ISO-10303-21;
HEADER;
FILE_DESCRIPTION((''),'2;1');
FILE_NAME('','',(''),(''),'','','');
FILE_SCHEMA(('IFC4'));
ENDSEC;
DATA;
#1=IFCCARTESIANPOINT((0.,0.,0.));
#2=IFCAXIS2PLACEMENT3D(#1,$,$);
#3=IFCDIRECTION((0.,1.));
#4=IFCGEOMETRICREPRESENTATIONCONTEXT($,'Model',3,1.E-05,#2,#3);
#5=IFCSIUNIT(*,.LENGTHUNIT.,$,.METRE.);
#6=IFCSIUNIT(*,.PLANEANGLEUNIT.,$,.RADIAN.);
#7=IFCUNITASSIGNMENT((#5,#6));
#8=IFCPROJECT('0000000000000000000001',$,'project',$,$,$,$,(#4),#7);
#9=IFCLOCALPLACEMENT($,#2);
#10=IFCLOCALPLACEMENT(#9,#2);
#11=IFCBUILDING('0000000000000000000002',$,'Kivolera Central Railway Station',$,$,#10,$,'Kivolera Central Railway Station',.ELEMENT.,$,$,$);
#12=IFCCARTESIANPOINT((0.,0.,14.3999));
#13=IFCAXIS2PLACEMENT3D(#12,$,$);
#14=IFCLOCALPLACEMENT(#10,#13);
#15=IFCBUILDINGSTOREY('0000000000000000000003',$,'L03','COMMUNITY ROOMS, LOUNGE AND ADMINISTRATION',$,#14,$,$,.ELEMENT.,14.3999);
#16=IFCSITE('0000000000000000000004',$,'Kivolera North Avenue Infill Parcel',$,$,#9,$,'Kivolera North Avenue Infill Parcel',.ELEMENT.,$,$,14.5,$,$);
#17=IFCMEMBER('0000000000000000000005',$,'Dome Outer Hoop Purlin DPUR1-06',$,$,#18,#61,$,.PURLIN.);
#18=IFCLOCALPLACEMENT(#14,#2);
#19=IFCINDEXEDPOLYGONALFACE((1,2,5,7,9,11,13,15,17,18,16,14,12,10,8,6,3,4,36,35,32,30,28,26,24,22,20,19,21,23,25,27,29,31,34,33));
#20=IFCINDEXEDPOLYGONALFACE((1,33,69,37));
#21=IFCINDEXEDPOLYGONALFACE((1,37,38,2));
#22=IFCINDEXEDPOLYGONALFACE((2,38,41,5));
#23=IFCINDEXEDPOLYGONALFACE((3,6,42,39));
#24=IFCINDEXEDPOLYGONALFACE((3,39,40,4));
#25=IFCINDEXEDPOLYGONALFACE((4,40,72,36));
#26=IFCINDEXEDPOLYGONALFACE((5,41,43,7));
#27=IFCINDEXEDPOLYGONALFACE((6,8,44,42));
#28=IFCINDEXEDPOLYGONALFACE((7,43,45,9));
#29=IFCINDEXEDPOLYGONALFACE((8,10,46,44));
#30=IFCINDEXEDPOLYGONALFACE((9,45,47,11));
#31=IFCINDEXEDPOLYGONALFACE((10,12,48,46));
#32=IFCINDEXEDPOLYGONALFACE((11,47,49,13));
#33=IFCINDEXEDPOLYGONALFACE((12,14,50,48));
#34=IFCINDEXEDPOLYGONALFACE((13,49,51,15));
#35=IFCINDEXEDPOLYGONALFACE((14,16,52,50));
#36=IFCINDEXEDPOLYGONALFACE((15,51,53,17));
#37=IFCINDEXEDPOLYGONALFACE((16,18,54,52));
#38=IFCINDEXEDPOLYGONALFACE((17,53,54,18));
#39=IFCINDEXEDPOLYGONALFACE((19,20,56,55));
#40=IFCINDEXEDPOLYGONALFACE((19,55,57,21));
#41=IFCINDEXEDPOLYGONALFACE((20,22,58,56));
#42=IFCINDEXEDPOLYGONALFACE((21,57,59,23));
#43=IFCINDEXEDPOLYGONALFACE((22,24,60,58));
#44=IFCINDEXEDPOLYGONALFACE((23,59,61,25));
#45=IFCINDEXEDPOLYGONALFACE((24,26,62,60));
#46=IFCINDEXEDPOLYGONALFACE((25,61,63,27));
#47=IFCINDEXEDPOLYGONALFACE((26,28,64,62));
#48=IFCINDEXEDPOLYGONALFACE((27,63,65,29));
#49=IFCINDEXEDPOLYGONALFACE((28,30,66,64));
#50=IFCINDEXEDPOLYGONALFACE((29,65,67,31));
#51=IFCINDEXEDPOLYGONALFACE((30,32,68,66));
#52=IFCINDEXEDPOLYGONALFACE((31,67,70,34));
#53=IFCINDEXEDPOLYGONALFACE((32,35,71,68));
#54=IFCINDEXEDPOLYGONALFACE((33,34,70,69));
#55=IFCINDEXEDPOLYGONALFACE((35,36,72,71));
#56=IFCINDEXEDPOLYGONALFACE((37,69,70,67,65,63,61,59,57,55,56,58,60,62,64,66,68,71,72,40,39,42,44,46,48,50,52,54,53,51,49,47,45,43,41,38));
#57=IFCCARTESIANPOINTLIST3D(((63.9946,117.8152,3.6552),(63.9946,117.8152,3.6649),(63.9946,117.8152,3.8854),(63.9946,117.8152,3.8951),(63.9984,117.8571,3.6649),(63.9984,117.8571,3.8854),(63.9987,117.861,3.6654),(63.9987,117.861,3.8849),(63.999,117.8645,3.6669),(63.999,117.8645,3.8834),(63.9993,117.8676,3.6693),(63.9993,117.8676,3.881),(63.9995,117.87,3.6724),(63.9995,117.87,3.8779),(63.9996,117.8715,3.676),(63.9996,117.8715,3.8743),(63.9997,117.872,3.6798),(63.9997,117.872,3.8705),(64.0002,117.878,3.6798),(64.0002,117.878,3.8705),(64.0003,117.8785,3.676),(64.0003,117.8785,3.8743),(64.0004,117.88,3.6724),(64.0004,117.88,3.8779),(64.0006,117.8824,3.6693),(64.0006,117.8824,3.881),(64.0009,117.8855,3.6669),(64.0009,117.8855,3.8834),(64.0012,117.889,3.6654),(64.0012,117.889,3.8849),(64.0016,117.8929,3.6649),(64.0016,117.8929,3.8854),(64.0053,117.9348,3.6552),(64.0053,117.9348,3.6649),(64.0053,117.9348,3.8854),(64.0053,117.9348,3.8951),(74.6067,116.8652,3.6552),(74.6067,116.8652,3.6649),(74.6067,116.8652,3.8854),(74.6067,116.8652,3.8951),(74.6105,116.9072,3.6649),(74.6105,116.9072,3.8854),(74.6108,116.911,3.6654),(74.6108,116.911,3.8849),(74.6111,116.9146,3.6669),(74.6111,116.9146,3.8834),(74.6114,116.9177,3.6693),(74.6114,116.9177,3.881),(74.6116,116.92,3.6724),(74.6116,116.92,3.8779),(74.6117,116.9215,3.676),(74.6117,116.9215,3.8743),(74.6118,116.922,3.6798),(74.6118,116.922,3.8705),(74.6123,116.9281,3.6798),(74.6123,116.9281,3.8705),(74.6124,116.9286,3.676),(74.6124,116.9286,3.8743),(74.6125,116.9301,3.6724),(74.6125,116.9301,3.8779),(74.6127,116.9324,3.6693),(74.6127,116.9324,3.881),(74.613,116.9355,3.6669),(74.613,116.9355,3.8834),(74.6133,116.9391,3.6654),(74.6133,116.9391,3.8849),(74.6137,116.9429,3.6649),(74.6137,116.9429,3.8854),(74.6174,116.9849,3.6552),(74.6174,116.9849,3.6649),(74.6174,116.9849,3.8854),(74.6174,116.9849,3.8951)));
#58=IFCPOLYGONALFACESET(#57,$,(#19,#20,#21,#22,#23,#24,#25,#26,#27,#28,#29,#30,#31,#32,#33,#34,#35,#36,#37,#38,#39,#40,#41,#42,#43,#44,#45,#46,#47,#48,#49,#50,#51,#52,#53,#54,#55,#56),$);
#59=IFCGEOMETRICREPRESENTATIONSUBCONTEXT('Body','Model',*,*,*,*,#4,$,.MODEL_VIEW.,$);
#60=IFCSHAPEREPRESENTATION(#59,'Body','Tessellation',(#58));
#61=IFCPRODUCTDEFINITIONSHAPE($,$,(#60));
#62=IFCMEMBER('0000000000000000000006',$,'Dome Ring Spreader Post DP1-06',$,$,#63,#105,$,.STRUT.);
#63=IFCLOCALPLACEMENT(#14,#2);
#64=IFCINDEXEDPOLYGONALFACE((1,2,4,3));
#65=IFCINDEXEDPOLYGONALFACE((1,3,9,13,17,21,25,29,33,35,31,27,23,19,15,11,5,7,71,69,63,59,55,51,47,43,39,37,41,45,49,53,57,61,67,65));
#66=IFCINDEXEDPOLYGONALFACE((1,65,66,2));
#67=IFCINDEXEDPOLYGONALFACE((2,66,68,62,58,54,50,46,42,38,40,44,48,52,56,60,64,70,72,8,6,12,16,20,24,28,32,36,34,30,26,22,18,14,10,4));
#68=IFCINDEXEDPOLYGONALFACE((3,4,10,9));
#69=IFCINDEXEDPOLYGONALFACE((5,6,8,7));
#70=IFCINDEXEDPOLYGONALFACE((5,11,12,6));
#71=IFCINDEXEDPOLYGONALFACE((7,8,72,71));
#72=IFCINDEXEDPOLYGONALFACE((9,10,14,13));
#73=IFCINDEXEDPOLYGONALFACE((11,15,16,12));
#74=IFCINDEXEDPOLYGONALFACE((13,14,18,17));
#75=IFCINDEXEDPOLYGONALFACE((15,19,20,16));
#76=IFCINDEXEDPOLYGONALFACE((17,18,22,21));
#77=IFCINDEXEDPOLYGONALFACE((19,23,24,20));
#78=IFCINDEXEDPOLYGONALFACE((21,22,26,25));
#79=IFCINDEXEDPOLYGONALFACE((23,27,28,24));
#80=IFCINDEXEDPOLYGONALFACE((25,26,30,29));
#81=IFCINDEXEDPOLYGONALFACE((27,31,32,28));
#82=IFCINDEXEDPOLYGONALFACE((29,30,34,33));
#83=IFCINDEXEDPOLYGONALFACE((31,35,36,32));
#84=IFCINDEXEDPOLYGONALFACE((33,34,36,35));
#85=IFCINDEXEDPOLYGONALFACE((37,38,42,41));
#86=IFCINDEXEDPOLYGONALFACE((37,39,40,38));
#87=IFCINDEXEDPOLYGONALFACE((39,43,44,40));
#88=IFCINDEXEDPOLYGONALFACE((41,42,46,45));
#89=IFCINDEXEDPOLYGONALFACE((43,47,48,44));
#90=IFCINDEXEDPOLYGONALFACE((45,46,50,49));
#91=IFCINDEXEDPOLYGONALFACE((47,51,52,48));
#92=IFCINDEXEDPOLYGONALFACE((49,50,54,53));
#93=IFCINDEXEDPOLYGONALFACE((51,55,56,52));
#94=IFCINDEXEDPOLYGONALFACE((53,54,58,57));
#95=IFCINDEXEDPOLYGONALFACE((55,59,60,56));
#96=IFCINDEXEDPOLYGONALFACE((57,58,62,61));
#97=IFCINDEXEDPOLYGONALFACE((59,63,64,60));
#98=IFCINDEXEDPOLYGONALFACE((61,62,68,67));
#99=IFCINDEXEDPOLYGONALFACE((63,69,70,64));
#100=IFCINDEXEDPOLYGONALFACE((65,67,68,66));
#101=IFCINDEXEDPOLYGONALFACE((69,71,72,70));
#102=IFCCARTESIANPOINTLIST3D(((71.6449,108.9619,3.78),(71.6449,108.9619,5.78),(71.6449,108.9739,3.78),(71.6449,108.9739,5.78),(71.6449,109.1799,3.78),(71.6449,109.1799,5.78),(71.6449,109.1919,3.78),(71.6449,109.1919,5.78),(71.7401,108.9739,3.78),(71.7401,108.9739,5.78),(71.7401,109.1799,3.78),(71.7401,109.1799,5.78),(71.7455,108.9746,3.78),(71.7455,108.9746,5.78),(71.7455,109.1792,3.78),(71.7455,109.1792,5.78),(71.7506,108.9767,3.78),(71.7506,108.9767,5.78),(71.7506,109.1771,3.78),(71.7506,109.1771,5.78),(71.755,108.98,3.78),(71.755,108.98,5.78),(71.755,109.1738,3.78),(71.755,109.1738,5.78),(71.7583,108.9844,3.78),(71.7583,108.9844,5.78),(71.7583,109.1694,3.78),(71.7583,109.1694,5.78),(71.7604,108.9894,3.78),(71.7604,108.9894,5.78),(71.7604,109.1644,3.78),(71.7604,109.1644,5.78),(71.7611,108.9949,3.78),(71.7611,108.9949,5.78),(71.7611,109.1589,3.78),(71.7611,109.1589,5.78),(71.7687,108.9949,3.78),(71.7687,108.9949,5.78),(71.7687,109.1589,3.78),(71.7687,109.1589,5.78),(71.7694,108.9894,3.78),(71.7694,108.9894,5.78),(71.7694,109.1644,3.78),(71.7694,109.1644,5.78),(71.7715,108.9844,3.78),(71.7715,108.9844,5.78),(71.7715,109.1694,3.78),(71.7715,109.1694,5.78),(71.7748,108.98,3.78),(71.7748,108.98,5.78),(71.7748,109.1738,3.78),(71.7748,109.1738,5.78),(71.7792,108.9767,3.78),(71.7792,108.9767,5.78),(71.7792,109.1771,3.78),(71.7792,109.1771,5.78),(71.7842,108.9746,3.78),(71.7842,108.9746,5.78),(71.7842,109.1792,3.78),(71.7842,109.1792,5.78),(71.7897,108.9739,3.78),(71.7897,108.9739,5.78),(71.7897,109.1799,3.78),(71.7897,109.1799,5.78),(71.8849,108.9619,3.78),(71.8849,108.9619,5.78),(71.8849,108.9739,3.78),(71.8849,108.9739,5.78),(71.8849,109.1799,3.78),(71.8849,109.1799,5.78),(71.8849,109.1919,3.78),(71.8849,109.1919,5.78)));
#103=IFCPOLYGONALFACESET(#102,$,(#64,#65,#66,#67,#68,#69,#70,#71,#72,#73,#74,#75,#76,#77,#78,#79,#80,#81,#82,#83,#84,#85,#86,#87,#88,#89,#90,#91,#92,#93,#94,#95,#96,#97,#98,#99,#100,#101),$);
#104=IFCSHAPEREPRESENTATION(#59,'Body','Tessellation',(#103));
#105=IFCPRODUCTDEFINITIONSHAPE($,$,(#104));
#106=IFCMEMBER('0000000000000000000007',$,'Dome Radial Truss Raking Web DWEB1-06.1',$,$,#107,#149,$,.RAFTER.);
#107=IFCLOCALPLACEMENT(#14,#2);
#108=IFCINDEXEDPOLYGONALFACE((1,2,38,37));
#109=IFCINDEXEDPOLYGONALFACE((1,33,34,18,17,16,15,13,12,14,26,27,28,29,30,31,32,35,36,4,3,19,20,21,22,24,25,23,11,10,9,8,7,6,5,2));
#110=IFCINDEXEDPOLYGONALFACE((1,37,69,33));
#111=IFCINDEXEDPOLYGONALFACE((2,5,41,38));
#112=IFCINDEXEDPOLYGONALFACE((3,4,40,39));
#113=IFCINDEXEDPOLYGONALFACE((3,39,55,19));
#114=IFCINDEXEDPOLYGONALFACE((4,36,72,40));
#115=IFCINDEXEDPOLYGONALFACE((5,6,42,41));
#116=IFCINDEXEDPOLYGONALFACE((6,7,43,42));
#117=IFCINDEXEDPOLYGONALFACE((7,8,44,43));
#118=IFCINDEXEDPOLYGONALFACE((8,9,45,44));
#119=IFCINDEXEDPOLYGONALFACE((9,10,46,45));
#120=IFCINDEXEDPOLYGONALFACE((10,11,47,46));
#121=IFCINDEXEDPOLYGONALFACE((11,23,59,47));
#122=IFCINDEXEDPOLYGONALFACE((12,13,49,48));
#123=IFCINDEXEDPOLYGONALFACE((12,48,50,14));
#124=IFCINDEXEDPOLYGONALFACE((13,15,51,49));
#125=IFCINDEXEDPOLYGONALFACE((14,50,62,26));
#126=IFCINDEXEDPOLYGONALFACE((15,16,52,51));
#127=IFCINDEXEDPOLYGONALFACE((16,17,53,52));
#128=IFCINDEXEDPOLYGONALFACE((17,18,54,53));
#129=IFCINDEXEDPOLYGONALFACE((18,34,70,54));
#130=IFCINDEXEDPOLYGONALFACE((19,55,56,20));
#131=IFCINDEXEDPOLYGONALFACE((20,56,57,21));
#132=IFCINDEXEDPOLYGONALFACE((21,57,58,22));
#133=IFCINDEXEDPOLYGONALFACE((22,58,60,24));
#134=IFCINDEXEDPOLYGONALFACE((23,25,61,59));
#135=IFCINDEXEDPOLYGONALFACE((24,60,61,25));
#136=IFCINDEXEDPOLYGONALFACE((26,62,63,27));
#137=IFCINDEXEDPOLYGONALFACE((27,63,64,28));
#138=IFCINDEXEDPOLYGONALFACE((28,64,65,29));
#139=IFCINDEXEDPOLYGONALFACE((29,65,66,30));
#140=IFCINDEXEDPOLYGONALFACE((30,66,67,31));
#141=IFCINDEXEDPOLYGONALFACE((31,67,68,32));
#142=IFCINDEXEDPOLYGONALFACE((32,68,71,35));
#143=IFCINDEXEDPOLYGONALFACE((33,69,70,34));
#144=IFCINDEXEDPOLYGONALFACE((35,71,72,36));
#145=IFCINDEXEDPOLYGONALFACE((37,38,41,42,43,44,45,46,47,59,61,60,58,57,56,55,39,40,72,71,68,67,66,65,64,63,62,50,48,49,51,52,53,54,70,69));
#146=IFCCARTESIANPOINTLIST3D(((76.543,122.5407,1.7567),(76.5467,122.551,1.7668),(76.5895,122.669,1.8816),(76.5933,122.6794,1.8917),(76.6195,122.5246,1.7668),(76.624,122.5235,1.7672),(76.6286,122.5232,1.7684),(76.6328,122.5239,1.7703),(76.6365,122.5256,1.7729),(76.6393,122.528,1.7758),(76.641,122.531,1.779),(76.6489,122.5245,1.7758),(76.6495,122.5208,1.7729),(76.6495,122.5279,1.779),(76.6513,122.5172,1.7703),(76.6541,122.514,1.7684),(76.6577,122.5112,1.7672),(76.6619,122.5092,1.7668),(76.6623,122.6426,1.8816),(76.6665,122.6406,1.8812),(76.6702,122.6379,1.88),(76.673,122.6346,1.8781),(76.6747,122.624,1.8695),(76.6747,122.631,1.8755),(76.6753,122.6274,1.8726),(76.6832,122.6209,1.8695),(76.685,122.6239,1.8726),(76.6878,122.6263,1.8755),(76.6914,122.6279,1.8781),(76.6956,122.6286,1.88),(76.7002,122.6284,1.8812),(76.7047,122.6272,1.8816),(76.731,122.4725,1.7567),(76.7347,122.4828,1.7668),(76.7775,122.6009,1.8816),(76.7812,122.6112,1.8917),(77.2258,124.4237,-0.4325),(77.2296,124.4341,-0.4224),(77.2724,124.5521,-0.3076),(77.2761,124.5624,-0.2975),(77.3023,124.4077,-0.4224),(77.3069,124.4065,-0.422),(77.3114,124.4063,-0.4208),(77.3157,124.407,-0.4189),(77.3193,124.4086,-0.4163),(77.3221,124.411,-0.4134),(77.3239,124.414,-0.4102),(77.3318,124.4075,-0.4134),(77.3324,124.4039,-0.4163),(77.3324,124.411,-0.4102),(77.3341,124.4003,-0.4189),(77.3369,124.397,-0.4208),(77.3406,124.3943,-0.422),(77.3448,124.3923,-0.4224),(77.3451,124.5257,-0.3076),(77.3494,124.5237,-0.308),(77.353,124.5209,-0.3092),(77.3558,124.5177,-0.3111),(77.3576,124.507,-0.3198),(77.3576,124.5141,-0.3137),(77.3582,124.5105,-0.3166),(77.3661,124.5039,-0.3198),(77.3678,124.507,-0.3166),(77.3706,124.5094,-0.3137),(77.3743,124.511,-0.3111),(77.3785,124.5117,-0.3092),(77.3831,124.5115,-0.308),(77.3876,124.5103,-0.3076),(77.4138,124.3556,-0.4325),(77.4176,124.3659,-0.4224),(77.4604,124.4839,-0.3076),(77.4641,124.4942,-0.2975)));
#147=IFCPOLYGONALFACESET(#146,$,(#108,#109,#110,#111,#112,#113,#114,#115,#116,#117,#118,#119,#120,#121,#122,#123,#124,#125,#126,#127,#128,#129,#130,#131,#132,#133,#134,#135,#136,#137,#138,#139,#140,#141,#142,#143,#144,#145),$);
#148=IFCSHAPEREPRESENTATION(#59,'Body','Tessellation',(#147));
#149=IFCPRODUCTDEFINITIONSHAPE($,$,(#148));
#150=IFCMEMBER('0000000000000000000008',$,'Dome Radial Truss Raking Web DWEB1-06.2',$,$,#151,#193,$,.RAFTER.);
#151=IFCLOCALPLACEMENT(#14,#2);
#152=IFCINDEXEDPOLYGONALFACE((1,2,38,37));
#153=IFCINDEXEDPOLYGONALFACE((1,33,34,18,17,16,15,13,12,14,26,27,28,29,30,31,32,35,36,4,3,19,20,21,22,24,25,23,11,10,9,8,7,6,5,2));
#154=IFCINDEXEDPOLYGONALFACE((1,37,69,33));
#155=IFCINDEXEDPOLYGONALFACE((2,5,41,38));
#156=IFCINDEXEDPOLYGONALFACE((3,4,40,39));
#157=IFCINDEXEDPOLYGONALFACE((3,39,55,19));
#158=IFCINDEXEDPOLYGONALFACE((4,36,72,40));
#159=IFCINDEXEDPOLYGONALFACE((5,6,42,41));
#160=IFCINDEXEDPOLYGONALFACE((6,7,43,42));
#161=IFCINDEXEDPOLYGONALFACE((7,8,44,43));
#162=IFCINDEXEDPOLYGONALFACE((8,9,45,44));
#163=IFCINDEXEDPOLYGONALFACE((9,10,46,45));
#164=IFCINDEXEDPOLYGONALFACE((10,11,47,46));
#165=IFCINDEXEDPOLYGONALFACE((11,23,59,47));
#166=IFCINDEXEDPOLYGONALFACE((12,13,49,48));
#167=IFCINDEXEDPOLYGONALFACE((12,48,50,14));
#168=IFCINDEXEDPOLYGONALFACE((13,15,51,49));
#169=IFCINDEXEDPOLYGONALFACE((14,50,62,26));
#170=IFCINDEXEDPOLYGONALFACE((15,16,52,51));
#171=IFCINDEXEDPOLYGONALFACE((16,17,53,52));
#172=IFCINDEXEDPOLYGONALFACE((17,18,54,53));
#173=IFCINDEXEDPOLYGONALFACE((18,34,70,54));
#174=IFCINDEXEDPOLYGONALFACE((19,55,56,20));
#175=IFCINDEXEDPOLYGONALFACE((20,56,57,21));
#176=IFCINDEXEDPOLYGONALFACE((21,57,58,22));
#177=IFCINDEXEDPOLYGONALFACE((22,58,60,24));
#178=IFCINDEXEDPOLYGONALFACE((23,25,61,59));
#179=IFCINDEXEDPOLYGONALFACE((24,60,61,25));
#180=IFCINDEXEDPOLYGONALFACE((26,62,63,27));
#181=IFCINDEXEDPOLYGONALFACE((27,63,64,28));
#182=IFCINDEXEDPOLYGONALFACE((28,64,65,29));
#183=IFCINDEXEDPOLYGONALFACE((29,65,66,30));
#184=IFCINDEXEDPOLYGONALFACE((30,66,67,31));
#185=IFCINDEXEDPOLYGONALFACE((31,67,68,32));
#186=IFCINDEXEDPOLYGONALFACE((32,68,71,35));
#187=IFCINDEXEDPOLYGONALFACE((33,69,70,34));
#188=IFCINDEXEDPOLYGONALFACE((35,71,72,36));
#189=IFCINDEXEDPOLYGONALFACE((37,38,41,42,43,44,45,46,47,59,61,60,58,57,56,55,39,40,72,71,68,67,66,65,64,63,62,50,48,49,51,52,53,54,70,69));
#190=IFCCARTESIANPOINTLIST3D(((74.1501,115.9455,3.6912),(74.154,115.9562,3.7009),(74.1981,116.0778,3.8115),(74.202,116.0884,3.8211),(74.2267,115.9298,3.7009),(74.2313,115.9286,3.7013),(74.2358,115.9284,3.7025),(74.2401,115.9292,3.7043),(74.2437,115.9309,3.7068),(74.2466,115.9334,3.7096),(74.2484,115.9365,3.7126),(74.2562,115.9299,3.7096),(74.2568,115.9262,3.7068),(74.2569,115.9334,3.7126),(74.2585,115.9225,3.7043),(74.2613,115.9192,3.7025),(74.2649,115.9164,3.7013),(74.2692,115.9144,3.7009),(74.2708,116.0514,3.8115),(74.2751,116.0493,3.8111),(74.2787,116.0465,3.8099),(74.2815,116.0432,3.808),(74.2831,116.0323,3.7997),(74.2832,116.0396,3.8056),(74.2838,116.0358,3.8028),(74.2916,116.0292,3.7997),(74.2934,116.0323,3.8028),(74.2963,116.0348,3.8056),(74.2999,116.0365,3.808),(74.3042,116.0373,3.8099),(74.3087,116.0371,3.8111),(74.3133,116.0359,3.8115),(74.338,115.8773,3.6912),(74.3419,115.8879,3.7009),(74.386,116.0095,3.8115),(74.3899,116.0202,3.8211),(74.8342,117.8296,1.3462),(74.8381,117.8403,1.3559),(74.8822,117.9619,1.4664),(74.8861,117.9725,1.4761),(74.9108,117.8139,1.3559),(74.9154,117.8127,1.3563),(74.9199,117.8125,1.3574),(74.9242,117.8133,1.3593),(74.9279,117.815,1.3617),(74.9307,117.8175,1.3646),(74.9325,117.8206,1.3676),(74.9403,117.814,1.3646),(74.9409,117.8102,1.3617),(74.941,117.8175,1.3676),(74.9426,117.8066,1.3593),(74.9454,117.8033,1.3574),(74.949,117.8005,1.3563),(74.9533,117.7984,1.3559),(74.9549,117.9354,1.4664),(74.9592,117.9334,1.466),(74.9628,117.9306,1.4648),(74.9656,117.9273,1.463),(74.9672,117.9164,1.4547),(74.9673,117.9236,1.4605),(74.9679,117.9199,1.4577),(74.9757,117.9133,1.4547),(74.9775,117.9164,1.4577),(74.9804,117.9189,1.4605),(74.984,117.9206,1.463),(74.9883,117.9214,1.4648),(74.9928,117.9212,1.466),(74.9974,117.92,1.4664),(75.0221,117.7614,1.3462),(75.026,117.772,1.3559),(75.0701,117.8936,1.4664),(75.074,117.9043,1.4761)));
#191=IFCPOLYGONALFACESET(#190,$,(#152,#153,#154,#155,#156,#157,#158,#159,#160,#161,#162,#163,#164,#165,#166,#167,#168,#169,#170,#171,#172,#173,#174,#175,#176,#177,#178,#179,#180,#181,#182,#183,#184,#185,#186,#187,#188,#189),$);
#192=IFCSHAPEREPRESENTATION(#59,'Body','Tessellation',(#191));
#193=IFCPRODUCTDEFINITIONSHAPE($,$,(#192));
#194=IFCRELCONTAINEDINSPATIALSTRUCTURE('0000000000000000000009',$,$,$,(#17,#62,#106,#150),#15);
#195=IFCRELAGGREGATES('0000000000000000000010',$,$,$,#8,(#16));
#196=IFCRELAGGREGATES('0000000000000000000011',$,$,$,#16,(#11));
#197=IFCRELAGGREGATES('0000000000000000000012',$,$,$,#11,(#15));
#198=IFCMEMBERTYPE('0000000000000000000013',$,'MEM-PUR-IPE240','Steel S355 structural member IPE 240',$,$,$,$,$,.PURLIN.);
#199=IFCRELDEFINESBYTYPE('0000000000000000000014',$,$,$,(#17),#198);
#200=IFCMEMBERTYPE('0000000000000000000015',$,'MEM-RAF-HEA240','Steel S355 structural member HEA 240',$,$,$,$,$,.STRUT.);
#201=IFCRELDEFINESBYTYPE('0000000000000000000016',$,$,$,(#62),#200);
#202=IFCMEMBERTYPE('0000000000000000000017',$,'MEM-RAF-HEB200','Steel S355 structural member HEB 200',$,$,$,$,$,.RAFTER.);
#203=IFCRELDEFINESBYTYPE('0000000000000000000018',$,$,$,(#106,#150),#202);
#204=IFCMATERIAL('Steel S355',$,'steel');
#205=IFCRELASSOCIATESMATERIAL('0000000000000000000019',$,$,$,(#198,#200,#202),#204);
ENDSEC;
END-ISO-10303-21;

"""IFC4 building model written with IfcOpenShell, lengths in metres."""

from ifc_helpers import new_model, si_unit, direction, frame, origin, origin_2d, place, context, subcontext, project, spatial, i_section, extrude, material, material_profile, profile_set, type_object, element, save


model = new_model("IFC4")

# Units and contexts
model_context = context("Model", 3, precision=1e-05, world=origin(), true_north=direction((0.0, 1.0)))
body_context = subcontext(model_context, "Body", "Model", "MODEL_VIEW")
ifc_project = project(units=[si_unit("LENGTHUNIT", "METRE"), si_unit("PLANEANGLEUNIT", "RADIAN")], contexts=[model_context])

# Site, building, storey
site_placement = place(None, origin())
site = spatial("IfcSite", under=ifc_project, at=site_placement, Name="Kivolera North Avenue Infill Parcel", LongName="Kivolera North Avenue Infill Parcel", CompositionType="ELEMENT", RefElevation=14.5)
building_placement = place(site_placement, origin())
building = spatial("IfcBuilding", under=site, at=building_placement, Name="Kivolera Central Railway Station", LongName="Kivolera Central Railway Station", CompositionType="ELEMENT")
storey_placement = place(building_placement, frame((0.0, 0.0, 14.3999)))
storey = spatial("IfcBuildingStorey", under=building, at=storey_placement, Name="L03", Description="COMMUNITY ROOMS, LOUNGE AND ADMINISTRATION", CompositionType="ELEMENT", Elevation=14.3999)

# Shared definitions
ifc_material_1 = material(Name="Steel S355", Category="steel")

# Members
ifc_material_profile_1 = material_profile(ifc_material_1, i_section(OverallWidth=0.1201, OverallDepth=0.24, WebThickness=0.0061, FlangeThickness=0.0098, FilletRadius=0.0149, at=origin_2d()), Name="IPE 240")
ifc_profile_set_1 = profile_set([ifc_material_profile_1], Name="Steel S355")
member_type_1 = type_object("IfcMemberType", Name="MEM-PUR-IPE240", Description="Steel S355 structural member IPE 240", PredefinedType="PURLIN", material=ifc_profile_set_1)
member_1_placement = place(storey_placement, frame((74.6121, 116.925, 3.7751), z_axis=(-0.996017, 0.08916, 0.0), x_axis=(-0.08916, -0.996017, 0.0)))
element("IfcMember", 1, at=member_1_placement, inside=storey, type_object=member_type_1, Name="Dome Outer Hoop Purlin DPUR1-06", PredefinedType="PURLIN", context=body_context, shape_type="SweptSolid", body=[
    extrude(i_section(OverallWidth=0.1201, OverallDepth=0.24, WebThickness=0.0061, FlangeThickness=0.0098, FilletRadius=0.0149, at=origin_2d()), origin(), (0.0, 0.0, 1.0), 10.6545),
])
ifc_material_profile_2 = material_profile(ifc_material_1, i_section(OverallWidth=0.24, OverallDepth=0.23, WebThickness=0.0076, FlangeThickness=0.012, FilletRadius=0.021, at=origin_2d()), Name="HEA 240")
ifc_profile_set_2 = profile_set([ifc_material_profile_2], Name="Steel S355")
member_type_2 = type_object("IfcMemberType", Name="MEM-RAF-HEA240", Description="Steel S355 structural member HEA 240", PredefinedType="STRUT", material=ifc_profile_set_2)
member_2_placement = place(storey_placement, frame((71.7649, 109.0769, 3.78), z_axis=(0.0, 0.0, 1.0), x_axis=(1.0, 0.0, 0.0)))
element("IfcMember", 2, at=member_2_placement, inside=storey, type_object=member_type_2, Name="Dome Ring Spreader Post DP1-06", PredefinedType="STRUT", context=body_context, shape_type="SweptSolid", body=[
    extrude(i_section(OverallWidth=0.24, OverallDepth=0.23, WebThickness=0.0076, FlangeThickness=0.012, FilletRadius=0.021, at=origin_2d()), origin(), (0.0, 0.0, 1.0), 2.0),
])
ifc_material_profile_3 = material_profile(ifc_material_1, i_section(OverallWidth=0.2, OverallDepth=0.2, WebThickness=0.009, FlangeThickness=0.0149, FilletRadius=0.0181, at=origin_2d()), Name="HEB 200")
ifc_profile_set_3 = profile_set([ifc_material_profile_3], Name="Steel S355")
member_type_3 = type_object("IfcMemberType", Name="MEM-RAF-HEB200", Description="Steel S355 structural member HEB 200", PredefinedType="RAFTER", material=ifc_profile_set_3)
member_3_placement = place(storey_placement, frame((77.345, 124.459, -0.365), z_axis=(-0.230129, -0.634604, 0.737779), x_axis=(0.940096, -0.340911, 0.0)))
element("IfcMember", 3, at=member_3_placement, inside=storey, type_object=member_type_3, Name="Dome Radial Truss Raking Web DWEB1-06.1", PredefinedType="RAFTER", context=body_context, shape_type="SweptSolid", body=[
    extrude(i_section(OverallWidth=0.2, OverallDepth=0.2, WebThickness=0.009, FlangeThickness=0.0149, FilletRadius=0.0181, at=origin_2d()), origin(), (0.0, 0.0, 1.0), 2.9673),
])
member_4_placement = place(storey_placement, frame((74.9541, 117.8669, 1.4111), z_axis=(-0.221754, -0.610733, 0.760152), x_axis=(0.939957, -0.341293, 0.0)))
element("IfcMember", 4, at=member_4_placement, inside=storey, type_object=member_type_3, Name="Dome Radial Truss Raking Web DWEB1-06.2", PredefinedType="RAFTER", context=body_context, shape_type="SweptSolid", body=[
    extrude(i_section(OverallWidth=0.2, OverallDepth=0.2, WebThickness=0.009, FlangeThickness=0.0149, FilletRadius=0.0181, at=origin_2d()), origin(), (0.0, 0.0, 1.0), 3.085),
])

save(model, "model.ifc")
